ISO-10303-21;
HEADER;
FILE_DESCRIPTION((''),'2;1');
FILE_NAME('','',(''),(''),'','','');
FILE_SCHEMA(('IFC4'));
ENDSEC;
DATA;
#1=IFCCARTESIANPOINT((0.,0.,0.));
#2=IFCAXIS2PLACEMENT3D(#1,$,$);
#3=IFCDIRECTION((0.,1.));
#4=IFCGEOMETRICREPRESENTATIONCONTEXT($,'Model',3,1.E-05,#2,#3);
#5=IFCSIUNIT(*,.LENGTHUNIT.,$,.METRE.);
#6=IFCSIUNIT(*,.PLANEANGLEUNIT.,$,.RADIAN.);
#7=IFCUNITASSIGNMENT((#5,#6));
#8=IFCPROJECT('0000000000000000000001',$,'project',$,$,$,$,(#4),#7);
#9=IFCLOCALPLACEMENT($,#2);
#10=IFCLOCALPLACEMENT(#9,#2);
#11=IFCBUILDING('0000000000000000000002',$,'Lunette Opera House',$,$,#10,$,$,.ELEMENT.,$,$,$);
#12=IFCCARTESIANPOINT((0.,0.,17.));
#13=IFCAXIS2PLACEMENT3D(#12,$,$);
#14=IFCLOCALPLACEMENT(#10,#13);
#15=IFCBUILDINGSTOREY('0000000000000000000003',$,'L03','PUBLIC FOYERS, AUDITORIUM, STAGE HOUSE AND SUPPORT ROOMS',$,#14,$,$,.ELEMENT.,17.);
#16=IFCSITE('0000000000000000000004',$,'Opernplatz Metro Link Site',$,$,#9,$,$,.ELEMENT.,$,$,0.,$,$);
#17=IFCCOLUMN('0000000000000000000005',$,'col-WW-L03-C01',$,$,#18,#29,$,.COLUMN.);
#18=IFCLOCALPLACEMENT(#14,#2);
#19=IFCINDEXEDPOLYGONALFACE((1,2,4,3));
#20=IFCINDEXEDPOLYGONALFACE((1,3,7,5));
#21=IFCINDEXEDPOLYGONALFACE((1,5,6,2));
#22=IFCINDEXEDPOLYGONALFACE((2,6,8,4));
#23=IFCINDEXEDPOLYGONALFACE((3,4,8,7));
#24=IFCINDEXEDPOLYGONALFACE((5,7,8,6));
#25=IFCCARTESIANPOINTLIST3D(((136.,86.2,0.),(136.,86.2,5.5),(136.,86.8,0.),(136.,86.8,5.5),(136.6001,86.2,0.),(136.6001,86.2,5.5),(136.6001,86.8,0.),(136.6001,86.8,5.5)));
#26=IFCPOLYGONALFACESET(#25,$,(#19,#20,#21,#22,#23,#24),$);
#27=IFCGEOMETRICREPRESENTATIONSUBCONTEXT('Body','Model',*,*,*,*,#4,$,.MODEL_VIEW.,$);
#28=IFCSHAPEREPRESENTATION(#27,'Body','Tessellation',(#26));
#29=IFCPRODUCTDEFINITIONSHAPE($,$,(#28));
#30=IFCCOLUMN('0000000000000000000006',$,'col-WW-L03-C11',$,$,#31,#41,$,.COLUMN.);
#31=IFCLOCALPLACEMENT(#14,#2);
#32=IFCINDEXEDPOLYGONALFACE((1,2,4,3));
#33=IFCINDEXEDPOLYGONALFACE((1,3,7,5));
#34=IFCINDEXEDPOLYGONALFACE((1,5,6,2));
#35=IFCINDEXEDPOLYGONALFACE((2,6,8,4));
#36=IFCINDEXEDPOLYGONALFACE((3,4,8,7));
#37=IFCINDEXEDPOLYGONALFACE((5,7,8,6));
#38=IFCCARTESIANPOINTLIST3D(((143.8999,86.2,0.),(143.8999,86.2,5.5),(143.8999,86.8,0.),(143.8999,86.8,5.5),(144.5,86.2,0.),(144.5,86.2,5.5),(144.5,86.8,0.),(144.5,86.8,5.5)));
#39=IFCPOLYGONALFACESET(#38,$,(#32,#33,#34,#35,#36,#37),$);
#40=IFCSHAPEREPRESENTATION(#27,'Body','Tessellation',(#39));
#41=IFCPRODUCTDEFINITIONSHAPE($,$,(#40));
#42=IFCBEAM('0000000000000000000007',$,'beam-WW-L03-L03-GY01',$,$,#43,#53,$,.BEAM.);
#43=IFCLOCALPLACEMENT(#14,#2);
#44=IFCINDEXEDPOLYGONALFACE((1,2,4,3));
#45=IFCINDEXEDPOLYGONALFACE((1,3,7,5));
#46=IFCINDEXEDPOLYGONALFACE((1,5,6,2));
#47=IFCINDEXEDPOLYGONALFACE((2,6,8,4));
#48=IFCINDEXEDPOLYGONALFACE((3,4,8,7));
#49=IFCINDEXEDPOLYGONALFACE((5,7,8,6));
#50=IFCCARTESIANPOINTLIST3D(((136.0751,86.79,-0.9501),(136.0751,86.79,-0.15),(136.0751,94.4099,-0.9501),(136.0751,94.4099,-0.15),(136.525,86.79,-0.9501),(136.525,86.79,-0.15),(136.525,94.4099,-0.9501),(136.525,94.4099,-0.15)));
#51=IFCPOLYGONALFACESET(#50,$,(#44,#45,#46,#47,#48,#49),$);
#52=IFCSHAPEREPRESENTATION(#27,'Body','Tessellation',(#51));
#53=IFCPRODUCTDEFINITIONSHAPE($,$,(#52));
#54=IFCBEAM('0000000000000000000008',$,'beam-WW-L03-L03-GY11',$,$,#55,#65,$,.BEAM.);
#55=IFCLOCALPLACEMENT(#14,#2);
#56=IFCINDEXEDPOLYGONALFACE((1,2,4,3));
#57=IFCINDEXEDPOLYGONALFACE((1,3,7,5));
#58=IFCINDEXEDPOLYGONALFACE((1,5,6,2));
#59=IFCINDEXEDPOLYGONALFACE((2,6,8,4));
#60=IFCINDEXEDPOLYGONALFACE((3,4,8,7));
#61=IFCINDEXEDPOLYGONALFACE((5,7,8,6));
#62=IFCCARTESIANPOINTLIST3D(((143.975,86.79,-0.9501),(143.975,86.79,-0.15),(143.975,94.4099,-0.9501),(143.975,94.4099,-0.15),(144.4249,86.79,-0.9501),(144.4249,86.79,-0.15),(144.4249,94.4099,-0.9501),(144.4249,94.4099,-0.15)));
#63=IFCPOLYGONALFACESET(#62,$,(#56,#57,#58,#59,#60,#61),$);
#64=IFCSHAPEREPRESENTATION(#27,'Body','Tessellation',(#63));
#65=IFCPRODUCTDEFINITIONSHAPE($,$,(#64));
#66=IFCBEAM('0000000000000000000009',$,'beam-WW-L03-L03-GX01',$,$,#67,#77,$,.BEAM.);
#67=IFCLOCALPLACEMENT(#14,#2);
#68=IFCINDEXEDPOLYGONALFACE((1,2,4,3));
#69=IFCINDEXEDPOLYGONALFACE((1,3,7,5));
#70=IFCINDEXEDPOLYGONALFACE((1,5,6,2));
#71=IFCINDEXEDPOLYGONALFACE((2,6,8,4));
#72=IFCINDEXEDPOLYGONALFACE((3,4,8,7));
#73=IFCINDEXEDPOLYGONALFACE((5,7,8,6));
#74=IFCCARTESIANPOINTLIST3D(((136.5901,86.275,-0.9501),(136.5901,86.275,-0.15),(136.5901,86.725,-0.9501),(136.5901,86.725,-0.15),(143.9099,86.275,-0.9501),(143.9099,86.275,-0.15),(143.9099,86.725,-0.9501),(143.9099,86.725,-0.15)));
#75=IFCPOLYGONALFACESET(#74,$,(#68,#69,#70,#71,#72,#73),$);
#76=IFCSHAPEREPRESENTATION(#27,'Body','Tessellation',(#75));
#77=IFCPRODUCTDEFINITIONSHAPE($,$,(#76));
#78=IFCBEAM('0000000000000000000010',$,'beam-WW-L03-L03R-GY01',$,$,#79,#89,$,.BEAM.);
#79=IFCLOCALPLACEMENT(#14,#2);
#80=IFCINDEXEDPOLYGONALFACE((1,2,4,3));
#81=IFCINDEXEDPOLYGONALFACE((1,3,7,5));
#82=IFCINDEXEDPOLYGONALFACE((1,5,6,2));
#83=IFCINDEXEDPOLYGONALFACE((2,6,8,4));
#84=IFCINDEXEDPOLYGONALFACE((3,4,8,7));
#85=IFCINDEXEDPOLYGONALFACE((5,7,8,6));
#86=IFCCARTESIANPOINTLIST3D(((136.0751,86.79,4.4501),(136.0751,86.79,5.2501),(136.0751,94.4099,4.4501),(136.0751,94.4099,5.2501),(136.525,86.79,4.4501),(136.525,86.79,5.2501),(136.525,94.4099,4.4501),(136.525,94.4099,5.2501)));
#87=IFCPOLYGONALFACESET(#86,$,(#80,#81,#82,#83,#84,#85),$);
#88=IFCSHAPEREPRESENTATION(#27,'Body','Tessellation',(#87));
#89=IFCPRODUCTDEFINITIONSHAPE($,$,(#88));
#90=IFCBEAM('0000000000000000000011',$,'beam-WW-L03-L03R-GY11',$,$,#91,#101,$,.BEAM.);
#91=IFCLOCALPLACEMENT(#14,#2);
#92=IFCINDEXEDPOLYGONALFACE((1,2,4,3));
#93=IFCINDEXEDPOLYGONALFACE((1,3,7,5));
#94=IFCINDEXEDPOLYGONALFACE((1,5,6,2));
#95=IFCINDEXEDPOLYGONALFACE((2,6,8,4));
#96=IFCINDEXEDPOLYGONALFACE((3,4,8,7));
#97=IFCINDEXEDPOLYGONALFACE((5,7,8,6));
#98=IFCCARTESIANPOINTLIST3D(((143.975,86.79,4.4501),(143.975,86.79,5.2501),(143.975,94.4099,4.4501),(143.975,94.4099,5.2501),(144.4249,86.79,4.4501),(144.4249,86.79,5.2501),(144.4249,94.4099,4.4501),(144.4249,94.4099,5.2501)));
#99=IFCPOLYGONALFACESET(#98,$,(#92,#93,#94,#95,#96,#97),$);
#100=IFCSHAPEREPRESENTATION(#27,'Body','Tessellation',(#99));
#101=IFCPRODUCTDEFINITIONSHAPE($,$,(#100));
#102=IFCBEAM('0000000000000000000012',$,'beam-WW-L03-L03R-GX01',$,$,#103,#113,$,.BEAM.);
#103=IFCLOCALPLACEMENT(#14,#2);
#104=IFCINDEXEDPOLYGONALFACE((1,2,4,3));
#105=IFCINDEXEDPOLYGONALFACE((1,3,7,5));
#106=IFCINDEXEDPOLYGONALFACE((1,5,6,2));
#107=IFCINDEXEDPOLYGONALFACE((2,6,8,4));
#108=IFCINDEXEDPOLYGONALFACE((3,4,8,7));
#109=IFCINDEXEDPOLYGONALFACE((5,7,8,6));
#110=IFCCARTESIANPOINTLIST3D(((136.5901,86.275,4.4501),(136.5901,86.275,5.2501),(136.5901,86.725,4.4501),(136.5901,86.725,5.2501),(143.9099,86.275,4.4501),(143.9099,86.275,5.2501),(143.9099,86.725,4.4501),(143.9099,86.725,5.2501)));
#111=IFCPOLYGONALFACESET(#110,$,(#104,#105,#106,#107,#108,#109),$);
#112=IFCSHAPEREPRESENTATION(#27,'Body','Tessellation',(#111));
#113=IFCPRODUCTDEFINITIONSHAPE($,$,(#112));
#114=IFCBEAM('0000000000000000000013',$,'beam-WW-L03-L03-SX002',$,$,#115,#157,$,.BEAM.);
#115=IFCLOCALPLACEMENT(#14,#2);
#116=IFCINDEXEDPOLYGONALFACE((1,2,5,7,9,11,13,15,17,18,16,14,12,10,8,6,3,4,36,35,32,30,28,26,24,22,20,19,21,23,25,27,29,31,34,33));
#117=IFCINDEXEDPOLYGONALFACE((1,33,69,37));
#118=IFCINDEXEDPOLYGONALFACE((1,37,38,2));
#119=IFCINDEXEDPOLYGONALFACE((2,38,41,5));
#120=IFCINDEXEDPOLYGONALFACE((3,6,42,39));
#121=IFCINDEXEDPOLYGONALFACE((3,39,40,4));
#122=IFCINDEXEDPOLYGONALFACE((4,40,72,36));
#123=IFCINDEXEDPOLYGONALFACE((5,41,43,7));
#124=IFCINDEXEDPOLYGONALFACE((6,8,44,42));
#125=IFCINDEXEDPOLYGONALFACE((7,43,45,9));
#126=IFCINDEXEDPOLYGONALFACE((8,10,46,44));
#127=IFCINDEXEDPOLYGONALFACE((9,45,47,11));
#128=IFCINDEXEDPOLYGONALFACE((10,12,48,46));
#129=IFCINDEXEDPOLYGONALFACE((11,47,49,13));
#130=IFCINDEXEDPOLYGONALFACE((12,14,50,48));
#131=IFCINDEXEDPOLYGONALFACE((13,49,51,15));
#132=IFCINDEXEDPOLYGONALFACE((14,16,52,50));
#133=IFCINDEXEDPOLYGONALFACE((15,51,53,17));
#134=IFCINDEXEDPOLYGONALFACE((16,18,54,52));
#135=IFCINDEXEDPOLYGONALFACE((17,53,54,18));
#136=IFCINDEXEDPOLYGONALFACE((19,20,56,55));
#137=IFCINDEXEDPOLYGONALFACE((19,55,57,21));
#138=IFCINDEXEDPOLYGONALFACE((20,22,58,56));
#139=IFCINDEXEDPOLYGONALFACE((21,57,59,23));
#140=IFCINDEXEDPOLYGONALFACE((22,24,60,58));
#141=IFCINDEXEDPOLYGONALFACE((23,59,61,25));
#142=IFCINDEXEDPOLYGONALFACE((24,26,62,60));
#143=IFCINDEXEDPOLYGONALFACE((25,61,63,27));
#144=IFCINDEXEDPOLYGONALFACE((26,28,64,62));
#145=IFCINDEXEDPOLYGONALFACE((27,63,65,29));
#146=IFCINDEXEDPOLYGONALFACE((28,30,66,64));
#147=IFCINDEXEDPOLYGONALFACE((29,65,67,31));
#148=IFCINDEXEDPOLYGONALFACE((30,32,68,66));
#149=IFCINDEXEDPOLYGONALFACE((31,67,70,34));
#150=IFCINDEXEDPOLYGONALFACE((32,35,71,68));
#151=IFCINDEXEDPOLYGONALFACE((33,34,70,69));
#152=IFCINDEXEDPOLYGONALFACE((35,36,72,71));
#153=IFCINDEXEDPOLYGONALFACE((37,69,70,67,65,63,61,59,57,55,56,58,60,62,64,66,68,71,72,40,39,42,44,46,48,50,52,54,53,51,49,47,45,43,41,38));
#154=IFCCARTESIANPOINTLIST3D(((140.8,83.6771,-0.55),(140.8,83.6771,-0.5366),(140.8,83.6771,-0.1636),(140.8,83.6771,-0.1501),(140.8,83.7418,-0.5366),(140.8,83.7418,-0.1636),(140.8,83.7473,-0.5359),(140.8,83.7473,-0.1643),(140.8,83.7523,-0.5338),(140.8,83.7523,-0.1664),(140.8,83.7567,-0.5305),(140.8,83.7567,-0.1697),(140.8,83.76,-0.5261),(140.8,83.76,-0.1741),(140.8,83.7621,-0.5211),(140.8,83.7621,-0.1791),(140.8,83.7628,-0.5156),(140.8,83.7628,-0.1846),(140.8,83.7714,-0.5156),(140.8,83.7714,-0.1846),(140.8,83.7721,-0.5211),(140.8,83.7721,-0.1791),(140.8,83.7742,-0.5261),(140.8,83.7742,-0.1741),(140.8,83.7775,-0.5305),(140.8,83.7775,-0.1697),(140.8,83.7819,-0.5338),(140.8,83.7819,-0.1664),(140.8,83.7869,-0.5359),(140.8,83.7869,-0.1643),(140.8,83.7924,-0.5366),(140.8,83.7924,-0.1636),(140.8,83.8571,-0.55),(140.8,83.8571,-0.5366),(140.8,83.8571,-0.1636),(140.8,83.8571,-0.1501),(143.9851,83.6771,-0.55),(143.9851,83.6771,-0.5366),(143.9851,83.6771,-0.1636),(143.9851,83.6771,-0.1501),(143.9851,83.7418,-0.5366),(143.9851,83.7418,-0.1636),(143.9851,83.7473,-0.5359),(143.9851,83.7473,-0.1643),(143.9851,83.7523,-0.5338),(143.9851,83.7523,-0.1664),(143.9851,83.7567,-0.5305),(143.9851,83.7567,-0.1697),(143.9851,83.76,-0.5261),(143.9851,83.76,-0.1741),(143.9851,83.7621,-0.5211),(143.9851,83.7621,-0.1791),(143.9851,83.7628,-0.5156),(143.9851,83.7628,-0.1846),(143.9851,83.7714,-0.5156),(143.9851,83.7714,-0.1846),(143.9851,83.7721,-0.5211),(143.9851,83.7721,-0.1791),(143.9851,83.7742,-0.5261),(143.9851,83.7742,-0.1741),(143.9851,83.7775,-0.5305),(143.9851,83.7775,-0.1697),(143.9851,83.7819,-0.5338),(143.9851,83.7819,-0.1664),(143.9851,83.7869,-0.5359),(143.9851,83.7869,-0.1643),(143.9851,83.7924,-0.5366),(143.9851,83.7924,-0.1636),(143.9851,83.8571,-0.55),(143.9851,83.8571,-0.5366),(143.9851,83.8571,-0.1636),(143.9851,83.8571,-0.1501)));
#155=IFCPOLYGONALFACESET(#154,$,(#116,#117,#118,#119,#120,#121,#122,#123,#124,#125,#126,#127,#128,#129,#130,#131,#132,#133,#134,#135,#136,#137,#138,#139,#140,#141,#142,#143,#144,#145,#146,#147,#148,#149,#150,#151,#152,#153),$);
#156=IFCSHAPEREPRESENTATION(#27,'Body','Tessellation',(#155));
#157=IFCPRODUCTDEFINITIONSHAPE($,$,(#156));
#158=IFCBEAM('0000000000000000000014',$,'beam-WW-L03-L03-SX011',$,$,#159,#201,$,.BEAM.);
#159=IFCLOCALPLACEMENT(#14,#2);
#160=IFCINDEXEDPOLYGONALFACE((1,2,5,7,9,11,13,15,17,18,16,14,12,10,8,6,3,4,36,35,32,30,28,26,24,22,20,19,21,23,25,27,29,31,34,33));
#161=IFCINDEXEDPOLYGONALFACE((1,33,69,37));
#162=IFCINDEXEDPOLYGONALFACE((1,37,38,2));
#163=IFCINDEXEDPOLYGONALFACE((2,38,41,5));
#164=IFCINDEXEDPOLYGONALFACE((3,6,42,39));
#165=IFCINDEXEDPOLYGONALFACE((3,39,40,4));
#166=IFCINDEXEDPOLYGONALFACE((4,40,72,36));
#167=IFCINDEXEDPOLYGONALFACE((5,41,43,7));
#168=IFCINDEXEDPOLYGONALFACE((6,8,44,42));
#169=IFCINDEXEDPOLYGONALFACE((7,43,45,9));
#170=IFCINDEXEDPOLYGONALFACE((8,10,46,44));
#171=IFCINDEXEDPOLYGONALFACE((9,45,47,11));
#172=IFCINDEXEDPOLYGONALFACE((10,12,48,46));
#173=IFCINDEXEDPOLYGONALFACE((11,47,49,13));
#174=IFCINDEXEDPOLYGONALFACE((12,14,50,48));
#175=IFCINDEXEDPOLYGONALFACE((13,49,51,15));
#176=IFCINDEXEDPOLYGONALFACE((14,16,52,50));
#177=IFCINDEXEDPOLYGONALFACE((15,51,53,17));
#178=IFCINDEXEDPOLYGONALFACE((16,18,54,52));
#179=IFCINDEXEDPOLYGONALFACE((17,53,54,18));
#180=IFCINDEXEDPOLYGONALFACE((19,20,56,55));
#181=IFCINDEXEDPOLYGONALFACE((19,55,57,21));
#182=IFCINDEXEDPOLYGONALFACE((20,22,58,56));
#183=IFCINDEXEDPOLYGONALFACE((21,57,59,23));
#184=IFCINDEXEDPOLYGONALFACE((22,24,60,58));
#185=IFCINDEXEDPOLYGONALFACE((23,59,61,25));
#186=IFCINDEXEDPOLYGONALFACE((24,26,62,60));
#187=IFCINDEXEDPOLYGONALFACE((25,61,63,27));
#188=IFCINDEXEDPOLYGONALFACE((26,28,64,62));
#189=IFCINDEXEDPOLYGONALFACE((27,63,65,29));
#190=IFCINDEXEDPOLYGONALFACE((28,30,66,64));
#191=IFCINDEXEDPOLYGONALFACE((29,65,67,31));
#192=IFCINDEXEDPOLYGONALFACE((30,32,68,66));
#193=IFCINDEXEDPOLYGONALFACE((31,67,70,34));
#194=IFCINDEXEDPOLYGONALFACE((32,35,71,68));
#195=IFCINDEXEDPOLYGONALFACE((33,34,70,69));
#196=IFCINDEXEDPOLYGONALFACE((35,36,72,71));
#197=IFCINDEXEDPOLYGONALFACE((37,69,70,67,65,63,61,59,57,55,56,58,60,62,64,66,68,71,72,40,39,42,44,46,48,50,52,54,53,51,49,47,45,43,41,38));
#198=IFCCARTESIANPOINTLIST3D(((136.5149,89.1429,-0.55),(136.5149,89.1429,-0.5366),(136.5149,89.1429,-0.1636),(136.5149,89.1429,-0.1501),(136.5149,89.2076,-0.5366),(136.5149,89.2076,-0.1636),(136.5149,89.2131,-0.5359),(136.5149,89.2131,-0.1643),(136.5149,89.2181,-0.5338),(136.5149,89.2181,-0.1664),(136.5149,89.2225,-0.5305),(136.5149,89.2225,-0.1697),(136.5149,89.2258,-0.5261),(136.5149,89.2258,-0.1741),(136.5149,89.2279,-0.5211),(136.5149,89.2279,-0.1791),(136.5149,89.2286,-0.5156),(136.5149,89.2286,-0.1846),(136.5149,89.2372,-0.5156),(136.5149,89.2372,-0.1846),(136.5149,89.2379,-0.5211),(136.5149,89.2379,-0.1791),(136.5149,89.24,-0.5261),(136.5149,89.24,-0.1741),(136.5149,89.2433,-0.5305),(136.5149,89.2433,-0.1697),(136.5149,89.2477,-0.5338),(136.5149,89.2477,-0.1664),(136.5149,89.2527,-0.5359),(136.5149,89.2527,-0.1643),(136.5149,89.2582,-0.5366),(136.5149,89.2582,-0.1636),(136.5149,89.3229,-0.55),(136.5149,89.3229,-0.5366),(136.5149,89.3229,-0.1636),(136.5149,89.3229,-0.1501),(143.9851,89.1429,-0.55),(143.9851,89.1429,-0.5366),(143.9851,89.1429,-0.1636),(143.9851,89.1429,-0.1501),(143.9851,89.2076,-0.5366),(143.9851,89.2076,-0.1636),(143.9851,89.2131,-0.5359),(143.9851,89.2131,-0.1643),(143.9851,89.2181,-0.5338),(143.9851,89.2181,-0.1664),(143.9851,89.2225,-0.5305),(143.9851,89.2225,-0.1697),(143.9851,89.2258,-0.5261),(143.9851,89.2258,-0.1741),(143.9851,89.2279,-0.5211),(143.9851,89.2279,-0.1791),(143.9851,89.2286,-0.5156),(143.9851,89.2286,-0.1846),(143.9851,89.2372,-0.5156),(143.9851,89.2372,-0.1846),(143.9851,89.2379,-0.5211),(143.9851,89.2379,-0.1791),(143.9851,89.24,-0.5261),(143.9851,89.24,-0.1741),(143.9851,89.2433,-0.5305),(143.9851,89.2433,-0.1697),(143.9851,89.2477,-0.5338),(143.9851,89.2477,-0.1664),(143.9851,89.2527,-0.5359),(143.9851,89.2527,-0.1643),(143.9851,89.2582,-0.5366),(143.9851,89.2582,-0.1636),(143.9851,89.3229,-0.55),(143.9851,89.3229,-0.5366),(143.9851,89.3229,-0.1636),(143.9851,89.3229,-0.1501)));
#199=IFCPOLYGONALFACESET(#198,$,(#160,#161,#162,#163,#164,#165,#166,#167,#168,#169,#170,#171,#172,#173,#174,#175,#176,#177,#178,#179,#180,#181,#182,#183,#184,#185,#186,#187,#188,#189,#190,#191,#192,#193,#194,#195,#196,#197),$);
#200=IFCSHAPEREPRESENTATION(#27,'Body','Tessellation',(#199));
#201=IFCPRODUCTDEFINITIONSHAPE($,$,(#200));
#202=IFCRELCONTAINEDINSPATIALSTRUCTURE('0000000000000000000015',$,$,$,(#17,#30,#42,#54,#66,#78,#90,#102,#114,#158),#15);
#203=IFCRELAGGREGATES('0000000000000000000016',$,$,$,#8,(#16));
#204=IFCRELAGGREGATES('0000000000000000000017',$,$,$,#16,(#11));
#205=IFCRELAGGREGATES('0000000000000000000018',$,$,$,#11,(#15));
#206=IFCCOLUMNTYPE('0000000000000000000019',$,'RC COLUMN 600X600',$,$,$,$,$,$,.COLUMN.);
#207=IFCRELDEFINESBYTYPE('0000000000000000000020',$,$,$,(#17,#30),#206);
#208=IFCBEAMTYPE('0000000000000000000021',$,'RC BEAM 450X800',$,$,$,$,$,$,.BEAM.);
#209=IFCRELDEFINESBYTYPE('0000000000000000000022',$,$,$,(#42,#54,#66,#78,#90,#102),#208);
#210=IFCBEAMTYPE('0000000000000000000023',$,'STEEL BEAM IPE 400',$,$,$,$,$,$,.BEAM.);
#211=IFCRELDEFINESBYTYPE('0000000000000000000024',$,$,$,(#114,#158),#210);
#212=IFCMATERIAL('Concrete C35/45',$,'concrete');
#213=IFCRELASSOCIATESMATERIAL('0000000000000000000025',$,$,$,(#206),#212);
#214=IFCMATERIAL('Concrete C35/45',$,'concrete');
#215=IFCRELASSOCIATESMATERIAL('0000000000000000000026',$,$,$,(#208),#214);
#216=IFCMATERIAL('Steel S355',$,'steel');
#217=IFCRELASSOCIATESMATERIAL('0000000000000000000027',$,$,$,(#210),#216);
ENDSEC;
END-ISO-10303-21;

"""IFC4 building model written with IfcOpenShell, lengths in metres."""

from ifc_helpers import new_model, si_unit, direction, frame, origin, origin_2d, place, context, subcontext, project, spatial, rectangle, i_section, extrude, material, material_profile, profile_set, type_object, element, save


model = new_model("IFC4")

# Units and contexts
model_context = context("Model", 3, precision=1e-05, world=origin(), true_north=direction((0.0, 1.0)))
body_context = subcontext(model_context, "Body", "Model", "MODEL_VIEW")
ifc_project = project(units=[si_unit("LENGTHUNIT", "METRE"), si_unit("PLANEANGLEUNIT", "RADIAN")], contexts=[model_context])

# Site, building, storey
site_placement = place(None, origin())
site = spatial("IfcSite", under=ifc_project, at=site_placement, Name="Opernplatz Metro Link Site", CompositionType="ELEMENT", RefElevation=0.0)
building_placement = place(site_placement, origin())
building = spatial("IfcBuilding", under=site, at=building_placement, Name="Lunette Opera House", CompositionType="ELEMENT")
storey_placement = place(building_placement, frame((0.0, 0.0, 17.0)))
storey = spatial("IfcBuildingStorey", under=building, at=storey_placement, Name="L03", Description="PUBLIC FOYERS, AUDITORIUM, STAGE HOUSE AND SUPPORT ROOMS", CompositionType="ELEMENT", Elevation=17.0)

# Columns
ifc_material_1 = material(Name="Concrete C35/45", Category="concrete")
ifc_material_profile_1 = material_profile(ifc_material_1, rectangle(XDim=0.6001, YDim=0.6001, at=origin_2d()), Name="RC COLUMN 600X600")
ifc_profile_set_1 = profile_set([ifc_material_profile_1], Name="Concrete C35/45")
column_type = type_object("IfcColumnType", Name="RC COLUMN 600X600", PredefinedType="COLUMN", material=ifc_profile_set_1)
for number, where, z_axis, x_axis, name in (
    (1, (136.3, 86.5, 0.0), (0.0, 0.0, 1.0), (1.0, 0.0, 0.0), "col-WW-L03-C01"),
    (2, (144.2, 86.5, 0.0), (0.0, 0.0, 1.0), (1.0, 0.0, 0.0), "col-WW-L03-C11"),
):
    element("IfcColumn", number, at=place(storey_placement, frame(where, z_axis=z_axis, x_axis=x_axis)), inside=storey, type_object=column_type, Name=name, PredefinedType="COLUMN", context=body_context, shape_type="SweptSolid", body=[
        extrude(rectangle(XDim=0.6001, YDim=0.6001, at=origin_2d()), origin(), (0.0, 0.0, 1.0), 5.5),
    ])

# Beams
ifc_material_2 = material(Name="Concrete C35/45", Category="concrete")
ifc_material_profile_2 = material_profile(ifc_material_2, rectangle(XDim=0.45, YDim=0.8, at=origin_2d()), Name="RC BEAM 450X800")
ifc_profile_set_2 = profile_set([ifc_material_profile_2], Name="Concrete C35/45")
beam_type_1 = type_object("IfcBeamType", Name="RC BEAM 450X800", PredefinedType="BEAM", material=ifc_profile_set_2)
for number, where, z_axis, x_axis, name in (
    (3, (136.3, 86.79, -0.55), (0.0, 1.0, 0.0), (-1.0, 0.0, 0.0), "beam-WW-L03-L03-GY01"),
    (4, (144.2, 86.79, -0.55), (0.0, 1.0, 0.0), (-1.0, 0.0, 0.0), "beam-WW-L03-L03-GY11"),
):
    element("IfcBeam", number, at=place(storey_placement, frame(where, z_axis=z_axis, x_axis=x_axis)), inside=storey, type_object=beam_type_1, Name=name, PredefinedType="BEAM", context=body_context, shape_type="SweptSolid", body=[
        extrude(rectangle(XDim=0.45, YDim=0.8, at=origin_2d()), origin(), (0.0, 0.0, 1.0), 7.6199),
    ])
beam_1_placement = place(storey_placement, frame((136.5901, 86.5, -0.55), z_axis=(1.0, 0.0, 0.0), x_axis=(0.0, 1.0, 0.0)))
element("IfcBeam", 5, at=beam_1_placement, inside=storey, type_object=beam_type_1, Name="beam-WW-L03-L03-GX01", PredefinedType="BEAM", context=body_context, shape_type="SweptSolid", body=[
    extrude(rectangle(XDim=0.45, YDim=0.8, at=origin_2d()), origin(), (0.0, 0.0, 1.0), 7.3198),
])
for number, where, z_axis, x_axis, name in (
    (6, (136.3, 86.79, 4.8501), (0.0, 1.0, 0.0), (-1.0, 0.0, 0.0), "beam-WW-L03-L03R-GY01"),
    (7, (144.2, 86.79, 4.8501), (0.0, 1.0, 0.0), (-1.0, 0.0, 0.0), "beam-WW-L03-L03R-GY11"),
):
    element("IfcBeam", number, at=place(storey_placement, frame(where, z_axis=z_axis, x_axis=x_axis)), inside=storey, type_object=beam_type_1, Name=name, PredefinedType="BEAM", context=body_context, shape_type="SweptSolid", body=[
        extrude(rectangle(XDim=0.45, YDim=0.8, at=origin_2d()), origin(), (0.0, 0.0, 1.0), 7.6199),
    ])
beam_2_placement = place(storey_placement, frame((136.5901, 86.5, 4.8501), z_axis=(1.0, 0.0, 0.0), x_axis=(0.0, 1.0, 0.0)))
element("IfcBeam", 8, at=beam_2_placement, inside=storey, type_object=beam_type_1, Name="beam-WW-L03-L03R-GX01", PredefinedType="BEAM", context=body_context, shape_type="SweptSolid", body=[
    extrude(rectangle(XDim=0.45, YDim=0.8, at=origin_2d()), origin(), (0.0, 0.0, 1.0), 7.3198),
])
ifc_material_3 = material(Name="Steel S355", Category="steel")
ifc_material_profile_3 = material_profile(ifc_material_3, i_section(OverallWidth=0.1799, OverallDepth=0.3999, WebThickness=0.0085, FlangeThickness=0.0134, FilletRadius=0.021, at=origin_2d()), Name="IPE 400")
ifc_profile_set_3 = profile_set([ifc_material_profile_3], Name="Steel S355")
beam_type_2 = type_object("IfcBeamType", Name="STEEL BEAM IPE 400", PredefinedType="BEAM", material=ifc_profile_set_3)
beam_3_placement = place(storey_placement, frame((140.8, 83.7671, -0.3501), z_axis=(1.0, 0.0, 0.0), x_axis=(0.0, 1.0, 0.0)))
element("IfcBeam", 9, at=beam_3_placement, inside=storey, type_object=beam_type_2, Name="beam-WW-L03-L03-SX002", PredefinedType="BEAM", context=body_context, shape_type="SweptSolid", body=[
    extrude(i_section(OverallWidth=0.1799, OverallDepth=0.3999, WebThickness=0.0085, FlangeThickness=0.0134, FilletRadius=0.021, at=origin_2d()), origin(), (0.0, 0.0, 1.0), 3.1851),
])
beam_4_placement = place(storey_placement, frame((136.5149, 89.2329, -0.3501), z_axis=(1.0, 0.0, 0.0), x_axis=(0.0, 1.0, 0.0)))
element("IfcBeam", 10, at=beam_4_placement, inside=storey, type_object=beam_type_2, Name="beam-WW-L03-L03-SX011", PredefinedType="BEAM", context=body_context, shape_type="SweptSolid", body=[
    extrude(i_section(OverallWidth=0.1799, OverallDepth=0.3999, WebThickness=0.0085, FlangeThickness=0.0134, FilletRadius=0.021, at=origin_2d()), origin(), (0.0, 0.0, 1.0), 7.4702),
])

save(model, "model.ifc")
